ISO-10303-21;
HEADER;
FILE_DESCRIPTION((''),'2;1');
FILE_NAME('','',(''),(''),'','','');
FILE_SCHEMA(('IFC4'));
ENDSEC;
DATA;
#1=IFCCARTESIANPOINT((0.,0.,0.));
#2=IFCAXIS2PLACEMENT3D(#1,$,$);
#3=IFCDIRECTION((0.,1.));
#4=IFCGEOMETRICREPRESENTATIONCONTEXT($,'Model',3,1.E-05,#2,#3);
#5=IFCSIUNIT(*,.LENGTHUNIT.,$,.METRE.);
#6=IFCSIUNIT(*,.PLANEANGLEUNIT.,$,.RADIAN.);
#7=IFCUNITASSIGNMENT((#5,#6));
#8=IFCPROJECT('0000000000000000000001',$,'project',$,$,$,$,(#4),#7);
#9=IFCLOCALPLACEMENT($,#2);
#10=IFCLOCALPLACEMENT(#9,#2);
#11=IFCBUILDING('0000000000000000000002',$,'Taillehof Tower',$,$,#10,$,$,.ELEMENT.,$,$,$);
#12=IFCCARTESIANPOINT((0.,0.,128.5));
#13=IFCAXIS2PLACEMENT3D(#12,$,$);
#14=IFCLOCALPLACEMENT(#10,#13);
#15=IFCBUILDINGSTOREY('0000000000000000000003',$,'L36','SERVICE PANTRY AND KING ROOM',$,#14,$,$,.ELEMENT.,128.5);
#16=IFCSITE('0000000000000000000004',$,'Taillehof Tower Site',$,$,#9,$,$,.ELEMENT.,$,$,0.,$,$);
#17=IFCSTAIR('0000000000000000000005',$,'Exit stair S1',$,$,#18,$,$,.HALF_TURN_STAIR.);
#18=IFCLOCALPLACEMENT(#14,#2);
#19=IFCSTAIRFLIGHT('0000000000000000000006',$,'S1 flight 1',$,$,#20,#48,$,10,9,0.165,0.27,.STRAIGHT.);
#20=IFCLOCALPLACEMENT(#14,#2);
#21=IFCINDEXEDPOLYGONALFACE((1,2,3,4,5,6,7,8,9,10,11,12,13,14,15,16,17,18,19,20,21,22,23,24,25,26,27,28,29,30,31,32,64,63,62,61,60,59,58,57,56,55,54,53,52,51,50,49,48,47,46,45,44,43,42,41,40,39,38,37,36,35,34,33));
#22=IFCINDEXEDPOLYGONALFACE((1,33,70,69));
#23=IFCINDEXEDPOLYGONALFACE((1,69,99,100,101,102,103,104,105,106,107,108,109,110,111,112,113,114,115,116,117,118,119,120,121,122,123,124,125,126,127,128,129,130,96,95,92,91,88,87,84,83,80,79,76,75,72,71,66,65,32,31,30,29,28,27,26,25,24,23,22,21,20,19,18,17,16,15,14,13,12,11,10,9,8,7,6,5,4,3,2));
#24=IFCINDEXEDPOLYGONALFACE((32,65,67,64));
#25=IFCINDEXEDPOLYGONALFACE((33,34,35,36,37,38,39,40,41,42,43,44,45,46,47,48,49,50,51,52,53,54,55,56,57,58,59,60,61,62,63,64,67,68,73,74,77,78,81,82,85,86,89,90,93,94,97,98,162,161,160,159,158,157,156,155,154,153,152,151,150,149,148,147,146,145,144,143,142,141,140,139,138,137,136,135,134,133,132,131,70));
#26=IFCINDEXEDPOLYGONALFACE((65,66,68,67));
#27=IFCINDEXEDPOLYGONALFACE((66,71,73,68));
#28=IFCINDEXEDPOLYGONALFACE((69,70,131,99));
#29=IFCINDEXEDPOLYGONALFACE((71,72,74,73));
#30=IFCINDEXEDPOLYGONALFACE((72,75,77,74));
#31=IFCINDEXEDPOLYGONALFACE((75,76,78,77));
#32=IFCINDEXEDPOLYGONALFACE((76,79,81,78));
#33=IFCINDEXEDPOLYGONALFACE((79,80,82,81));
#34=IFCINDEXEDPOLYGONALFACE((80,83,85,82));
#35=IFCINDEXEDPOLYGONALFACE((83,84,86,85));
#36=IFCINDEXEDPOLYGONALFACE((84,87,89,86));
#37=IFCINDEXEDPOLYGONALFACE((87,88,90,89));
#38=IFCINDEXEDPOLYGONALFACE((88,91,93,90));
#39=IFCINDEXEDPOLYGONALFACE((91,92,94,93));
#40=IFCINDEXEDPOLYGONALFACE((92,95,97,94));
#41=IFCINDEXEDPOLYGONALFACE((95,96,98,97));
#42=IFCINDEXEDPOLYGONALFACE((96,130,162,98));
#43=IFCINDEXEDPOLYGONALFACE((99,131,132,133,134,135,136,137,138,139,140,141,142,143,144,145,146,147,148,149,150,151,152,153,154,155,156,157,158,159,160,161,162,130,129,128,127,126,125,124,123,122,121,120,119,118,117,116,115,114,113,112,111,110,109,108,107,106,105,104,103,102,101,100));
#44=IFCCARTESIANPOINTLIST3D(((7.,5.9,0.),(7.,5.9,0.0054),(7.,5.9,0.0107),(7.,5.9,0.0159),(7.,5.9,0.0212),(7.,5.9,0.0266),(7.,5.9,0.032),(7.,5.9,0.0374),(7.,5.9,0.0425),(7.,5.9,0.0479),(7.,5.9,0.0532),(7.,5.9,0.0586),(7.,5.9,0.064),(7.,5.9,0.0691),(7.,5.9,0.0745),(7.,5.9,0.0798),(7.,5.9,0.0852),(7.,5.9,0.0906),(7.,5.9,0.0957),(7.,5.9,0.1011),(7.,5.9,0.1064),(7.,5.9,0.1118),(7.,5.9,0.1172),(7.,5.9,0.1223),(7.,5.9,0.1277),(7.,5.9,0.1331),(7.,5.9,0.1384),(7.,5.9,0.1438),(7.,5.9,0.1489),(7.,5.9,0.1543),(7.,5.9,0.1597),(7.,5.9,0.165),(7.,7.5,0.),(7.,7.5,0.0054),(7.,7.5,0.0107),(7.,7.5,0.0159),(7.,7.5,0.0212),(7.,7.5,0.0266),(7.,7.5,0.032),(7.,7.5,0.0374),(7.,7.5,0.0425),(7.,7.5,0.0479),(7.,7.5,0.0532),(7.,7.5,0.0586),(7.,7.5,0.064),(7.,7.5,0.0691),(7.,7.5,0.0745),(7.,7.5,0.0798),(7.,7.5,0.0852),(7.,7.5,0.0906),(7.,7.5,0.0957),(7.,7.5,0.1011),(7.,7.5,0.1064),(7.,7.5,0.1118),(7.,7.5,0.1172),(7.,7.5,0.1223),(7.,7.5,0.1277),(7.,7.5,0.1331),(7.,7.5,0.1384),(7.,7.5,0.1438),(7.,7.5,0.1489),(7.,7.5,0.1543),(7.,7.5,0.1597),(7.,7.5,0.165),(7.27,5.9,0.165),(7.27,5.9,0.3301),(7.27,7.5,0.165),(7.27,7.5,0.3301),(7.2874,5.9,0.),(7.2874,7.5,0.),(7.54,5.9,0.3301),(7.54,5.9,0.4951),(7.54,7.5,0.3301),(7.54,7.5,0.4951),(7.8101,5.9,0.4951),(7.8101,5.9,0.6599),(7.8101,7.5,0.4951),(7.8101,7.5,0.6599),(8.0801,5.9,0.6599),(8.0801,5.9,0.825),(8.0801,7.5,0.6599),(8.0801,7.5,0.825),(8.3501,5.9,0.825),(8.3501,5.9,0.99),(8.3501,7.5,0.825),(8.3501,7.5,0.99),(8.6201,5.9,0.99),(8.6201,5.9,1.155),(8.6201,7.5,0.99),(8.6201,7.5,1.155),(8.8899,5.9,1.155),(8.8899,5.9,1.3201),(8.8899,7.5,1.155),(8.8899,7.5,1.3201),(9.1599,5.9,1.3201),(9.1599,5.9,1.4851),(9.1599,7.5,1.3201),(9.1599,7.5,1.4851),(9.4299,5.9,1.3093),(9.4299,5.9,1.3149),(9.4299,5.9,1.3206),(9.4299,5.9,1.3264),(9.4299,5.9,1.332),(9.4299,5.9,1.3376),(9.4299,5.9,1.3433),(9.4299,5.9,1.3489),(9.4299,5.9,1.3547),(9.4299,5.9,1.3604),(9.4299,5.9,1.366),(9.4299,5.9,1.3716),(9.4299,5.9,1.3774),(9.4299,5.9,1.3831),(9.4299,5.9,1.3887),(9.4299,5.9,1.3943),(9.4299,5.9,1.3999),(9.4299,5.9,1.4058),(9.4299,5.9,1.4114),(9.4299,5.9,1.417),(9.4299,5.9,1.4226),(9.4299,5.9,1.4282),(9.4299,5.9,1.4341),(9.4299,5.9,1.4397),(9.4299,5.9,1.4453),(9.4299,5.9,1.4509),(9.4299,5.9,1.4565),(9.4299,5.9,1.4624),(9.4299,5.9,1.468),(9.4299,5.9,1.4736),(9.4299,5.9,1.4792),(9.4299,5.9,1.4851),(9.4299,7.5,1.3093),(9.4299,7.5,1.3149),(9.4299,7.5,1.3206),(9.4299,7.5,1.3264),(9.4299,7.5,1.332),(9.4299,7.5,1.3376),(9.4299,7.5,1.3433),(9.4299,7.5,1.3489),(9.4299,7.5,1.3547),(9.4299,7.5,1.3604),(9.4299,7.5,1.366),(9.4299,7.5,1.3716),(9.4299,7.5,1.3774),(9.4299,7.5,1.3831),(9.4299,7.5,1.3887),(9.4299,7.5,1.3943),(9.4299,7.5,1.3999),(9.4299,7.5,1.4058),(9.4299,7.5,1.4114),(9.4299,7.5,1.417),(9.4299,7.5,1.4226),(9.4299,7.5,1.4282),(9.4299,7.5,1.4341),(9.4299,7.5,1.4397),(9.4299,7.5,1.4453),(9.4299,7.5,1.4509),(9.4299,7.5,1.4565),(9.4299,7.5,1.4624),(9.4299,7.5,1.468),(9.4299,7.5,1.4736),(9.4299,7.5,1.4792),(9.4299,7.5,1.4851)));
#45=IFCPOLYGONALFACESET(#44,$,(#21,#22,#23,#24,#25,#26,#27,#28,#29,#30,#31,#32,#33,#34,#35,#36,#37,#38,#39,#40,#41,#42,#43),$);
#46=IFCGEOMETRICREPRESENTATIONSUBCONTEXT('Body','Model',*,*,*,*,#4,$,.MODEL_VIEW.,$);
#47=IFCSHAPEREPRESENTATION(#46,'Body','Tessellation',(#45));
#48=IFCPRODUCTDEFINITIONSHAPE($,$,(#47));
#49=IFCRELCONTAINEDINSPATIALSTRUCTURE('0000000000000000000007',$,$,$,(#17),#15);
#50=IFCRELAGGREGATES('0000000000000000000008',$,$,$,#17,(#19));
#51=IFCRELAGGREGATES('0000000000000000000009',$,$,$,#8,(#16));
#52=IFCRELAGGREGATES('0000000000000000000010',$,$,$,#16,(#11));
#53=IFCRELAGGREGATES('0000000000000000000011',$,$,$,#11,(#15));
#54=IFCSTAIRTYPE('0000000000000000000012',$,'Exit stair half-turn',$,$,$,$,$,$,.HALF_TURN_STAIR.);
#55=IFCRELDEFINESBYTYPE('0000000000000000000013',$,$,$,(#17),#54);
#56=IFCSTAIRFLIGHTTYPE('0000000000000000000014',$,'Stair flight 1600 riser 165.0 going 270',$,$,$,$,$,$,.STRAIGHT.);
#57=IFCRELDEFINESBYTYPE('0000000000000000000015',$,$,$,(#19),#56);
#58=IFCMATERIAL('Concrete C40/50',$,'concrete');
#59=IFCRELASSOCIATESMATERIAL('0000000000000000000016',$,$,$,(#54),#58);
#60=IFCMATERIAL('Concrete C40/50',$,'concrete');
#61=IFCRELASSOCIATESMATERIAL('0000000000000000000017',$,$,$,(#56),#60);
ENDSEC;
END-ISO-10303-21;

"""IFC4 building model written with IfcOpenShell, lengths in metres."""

from ifc_helpers import new_model, si_unit, direction, frame, origin, place, context, subcontext, project, spatial, polyline, outline, extrude, material, type_object, element, aggregate, save


model = new_model("IFC4")

# Units and contexts
model_context = context("Model", 3, precision=1e-05, world=origin(), true_north=direction((0.0, 1.0)))
body_context = subcontext(model_context, "Body", "Model", "MODEL_VIEW")
ifc_project = project(units=[si_unit("LENGTHUNIT", "METRE"), si_unit("PLANEANGLEUNIT", "RADIAN")], contexts=[model_context])

# Site, building, storey
site_placement = place(None, origin())
site = spatial("IfcSite", under=ifc_project, at=site_placement, Name="Taillehof Tower Site", CompositionType="ELEMENT", RefElevation=0.0)
building_placement = place(site_placement, origin())
building = spatial("IfcBuilding", under=site, at=building_placement, Name="Taillehof Tower", CompositionType="ELEMENT")
storey_placement = place(building_placement, frame((0.0, 0.0, 128.5)))
storey = spatial("IfcBuildingStorey", under=building, at=storey_placement, Name="L36", Description="SERVICE PANTRY AND KING ROOM", CompositionType="ELEMENT", Elevation=128.5)

# Stair
ifc_material_1 = material(Name="Concrete C40/50", Category="concrete")
stair_type = type_object("IfcStairType", Name="Exit stair half-turn", PredefinedType="HALF_TURN_STAIR", material=ifc_material_1)
stair_1_placement = place(storey_placement, origin())
stair_1 = element("IfcStair", 1, at=stair_1_placement, inside=storey, type_object=stair_type, Name="Exit stair S1", PredefinedType="HALF_TURN_STAIR")

# Stair flight
ifc_material_2 = material(Name="Concrete C40/50", Category="concrete")
stair_flight_type = type_object("IfcStairFlightType", Name="Stair flight 1600 riser 165.0 going 270", PredefinedType="STRAIGHT", material=ifc_material_2)
stair_flight_placement = place(storey_placement, frame((7.0, 6.7, 0.0), z_axis=(0.0, 0.0, 1.0), x_axis=(1.0, 0.0, 0.0)))
stair_flight = element("IfcStairFlight", 2, at=stair_flight_placement, type_object=stair_flight_type, Name="S1 flight 1", NumberOfRisers=10, NumberOfTreads=9, PredefinedType="STRAIGHT", RiserHeight=0.165, TreadLength=0.27, context=body_context, shape_type="SweptSolid", body=[
    extrude(outline(polyline([(0.0, 0.0), (0.0, 0.0054), (0.0, 0.0107), (0.0, 0.0159), (0.0, 0.0212), (0.0, 0.0266), (0.0, 0.032), (0.0, 0.0374), (0.0, 0.0425), (0.0, 0.0479), (0.0, 0.0532), (0.0, 0.0586), (0.0, 0.064), (0.0, 0.0691), (0.0, 0.0745), (0.0, 0.0798), (0.0, 0.0852), (0.0, 0.0906), (0.0, 0.0957), (0.0, 0.1011), (0.0, 0.1064), (0.0, 0.1118), (0.0, 0.1172), (0.0, 0.1223), (0.0, 0.1277), (0.0, 0.1331), (0.0, 0.1384), (0.0, 0.1438), (0.0, 0.1489), (0.0, 0.1543), (0.0, 0.1597), (0.0, 0.165), (0.27, 0.165), (0.27, 0.3301), (0.54, 0.3301), (0.54, 0.4951), (0.8101, 0.4951), (0.8101, 0.6599), (1.0801, 0.6599), (1.0801, 0.825), (1.3501, 0.825), (1.3501, 0.99), (1.6201, 0.99), (1.6201, 1.155), (1.8899, 1.155), (1.8899, 1.3201), (2.1599, 1.3201), (2.1599, 1.4851), (2.4299, 1.4851), (2.4299, 1.4792), (2.4299, 1.4736), (2.4299, 1.468), (2.4299, 1.4624), (2.4299, 1.4565), (2.4299, 1.4509), (2.4299, 1.4453), (2.4299, 1.4397), (2.4299, 1.4341), (2.4299, 1.4282), (2.4299, 1.4226), (2.4299, 1.417), (2.4299, 1.4114), (2.4299, 1.4058), (2.4299, 1.3999), (2.4299, 1.3943), (2.4299, 1.3887), (2.4299, 1.3831), (2.4299, 1.3774), (2.4299, 1.3716), (2.4299, 1.366), (2.4299, 1.3604), (2.4299, 1.3547), (2.4299, 1.3489), (2.4299, 1.3433), (2.4299, 1.3376), (2.4299, 1.332), (2.4299, 1.3264), (2.4299, 1.3206), (2.4299, 1.3149), (2.4299, 1.3093), (0.2874, 0.0), (0.0, 0.0)])), frame((0.0, 0.8, 0.0), z_axis=(0.0, -1.0, 0.0), x_axis=(1.0, 0.0, 0.0)), (0.0, 0.0, 1.0), 1.6),
])
aggregate(stair_1, [stair_flight])

save(model, "model.ifc")
